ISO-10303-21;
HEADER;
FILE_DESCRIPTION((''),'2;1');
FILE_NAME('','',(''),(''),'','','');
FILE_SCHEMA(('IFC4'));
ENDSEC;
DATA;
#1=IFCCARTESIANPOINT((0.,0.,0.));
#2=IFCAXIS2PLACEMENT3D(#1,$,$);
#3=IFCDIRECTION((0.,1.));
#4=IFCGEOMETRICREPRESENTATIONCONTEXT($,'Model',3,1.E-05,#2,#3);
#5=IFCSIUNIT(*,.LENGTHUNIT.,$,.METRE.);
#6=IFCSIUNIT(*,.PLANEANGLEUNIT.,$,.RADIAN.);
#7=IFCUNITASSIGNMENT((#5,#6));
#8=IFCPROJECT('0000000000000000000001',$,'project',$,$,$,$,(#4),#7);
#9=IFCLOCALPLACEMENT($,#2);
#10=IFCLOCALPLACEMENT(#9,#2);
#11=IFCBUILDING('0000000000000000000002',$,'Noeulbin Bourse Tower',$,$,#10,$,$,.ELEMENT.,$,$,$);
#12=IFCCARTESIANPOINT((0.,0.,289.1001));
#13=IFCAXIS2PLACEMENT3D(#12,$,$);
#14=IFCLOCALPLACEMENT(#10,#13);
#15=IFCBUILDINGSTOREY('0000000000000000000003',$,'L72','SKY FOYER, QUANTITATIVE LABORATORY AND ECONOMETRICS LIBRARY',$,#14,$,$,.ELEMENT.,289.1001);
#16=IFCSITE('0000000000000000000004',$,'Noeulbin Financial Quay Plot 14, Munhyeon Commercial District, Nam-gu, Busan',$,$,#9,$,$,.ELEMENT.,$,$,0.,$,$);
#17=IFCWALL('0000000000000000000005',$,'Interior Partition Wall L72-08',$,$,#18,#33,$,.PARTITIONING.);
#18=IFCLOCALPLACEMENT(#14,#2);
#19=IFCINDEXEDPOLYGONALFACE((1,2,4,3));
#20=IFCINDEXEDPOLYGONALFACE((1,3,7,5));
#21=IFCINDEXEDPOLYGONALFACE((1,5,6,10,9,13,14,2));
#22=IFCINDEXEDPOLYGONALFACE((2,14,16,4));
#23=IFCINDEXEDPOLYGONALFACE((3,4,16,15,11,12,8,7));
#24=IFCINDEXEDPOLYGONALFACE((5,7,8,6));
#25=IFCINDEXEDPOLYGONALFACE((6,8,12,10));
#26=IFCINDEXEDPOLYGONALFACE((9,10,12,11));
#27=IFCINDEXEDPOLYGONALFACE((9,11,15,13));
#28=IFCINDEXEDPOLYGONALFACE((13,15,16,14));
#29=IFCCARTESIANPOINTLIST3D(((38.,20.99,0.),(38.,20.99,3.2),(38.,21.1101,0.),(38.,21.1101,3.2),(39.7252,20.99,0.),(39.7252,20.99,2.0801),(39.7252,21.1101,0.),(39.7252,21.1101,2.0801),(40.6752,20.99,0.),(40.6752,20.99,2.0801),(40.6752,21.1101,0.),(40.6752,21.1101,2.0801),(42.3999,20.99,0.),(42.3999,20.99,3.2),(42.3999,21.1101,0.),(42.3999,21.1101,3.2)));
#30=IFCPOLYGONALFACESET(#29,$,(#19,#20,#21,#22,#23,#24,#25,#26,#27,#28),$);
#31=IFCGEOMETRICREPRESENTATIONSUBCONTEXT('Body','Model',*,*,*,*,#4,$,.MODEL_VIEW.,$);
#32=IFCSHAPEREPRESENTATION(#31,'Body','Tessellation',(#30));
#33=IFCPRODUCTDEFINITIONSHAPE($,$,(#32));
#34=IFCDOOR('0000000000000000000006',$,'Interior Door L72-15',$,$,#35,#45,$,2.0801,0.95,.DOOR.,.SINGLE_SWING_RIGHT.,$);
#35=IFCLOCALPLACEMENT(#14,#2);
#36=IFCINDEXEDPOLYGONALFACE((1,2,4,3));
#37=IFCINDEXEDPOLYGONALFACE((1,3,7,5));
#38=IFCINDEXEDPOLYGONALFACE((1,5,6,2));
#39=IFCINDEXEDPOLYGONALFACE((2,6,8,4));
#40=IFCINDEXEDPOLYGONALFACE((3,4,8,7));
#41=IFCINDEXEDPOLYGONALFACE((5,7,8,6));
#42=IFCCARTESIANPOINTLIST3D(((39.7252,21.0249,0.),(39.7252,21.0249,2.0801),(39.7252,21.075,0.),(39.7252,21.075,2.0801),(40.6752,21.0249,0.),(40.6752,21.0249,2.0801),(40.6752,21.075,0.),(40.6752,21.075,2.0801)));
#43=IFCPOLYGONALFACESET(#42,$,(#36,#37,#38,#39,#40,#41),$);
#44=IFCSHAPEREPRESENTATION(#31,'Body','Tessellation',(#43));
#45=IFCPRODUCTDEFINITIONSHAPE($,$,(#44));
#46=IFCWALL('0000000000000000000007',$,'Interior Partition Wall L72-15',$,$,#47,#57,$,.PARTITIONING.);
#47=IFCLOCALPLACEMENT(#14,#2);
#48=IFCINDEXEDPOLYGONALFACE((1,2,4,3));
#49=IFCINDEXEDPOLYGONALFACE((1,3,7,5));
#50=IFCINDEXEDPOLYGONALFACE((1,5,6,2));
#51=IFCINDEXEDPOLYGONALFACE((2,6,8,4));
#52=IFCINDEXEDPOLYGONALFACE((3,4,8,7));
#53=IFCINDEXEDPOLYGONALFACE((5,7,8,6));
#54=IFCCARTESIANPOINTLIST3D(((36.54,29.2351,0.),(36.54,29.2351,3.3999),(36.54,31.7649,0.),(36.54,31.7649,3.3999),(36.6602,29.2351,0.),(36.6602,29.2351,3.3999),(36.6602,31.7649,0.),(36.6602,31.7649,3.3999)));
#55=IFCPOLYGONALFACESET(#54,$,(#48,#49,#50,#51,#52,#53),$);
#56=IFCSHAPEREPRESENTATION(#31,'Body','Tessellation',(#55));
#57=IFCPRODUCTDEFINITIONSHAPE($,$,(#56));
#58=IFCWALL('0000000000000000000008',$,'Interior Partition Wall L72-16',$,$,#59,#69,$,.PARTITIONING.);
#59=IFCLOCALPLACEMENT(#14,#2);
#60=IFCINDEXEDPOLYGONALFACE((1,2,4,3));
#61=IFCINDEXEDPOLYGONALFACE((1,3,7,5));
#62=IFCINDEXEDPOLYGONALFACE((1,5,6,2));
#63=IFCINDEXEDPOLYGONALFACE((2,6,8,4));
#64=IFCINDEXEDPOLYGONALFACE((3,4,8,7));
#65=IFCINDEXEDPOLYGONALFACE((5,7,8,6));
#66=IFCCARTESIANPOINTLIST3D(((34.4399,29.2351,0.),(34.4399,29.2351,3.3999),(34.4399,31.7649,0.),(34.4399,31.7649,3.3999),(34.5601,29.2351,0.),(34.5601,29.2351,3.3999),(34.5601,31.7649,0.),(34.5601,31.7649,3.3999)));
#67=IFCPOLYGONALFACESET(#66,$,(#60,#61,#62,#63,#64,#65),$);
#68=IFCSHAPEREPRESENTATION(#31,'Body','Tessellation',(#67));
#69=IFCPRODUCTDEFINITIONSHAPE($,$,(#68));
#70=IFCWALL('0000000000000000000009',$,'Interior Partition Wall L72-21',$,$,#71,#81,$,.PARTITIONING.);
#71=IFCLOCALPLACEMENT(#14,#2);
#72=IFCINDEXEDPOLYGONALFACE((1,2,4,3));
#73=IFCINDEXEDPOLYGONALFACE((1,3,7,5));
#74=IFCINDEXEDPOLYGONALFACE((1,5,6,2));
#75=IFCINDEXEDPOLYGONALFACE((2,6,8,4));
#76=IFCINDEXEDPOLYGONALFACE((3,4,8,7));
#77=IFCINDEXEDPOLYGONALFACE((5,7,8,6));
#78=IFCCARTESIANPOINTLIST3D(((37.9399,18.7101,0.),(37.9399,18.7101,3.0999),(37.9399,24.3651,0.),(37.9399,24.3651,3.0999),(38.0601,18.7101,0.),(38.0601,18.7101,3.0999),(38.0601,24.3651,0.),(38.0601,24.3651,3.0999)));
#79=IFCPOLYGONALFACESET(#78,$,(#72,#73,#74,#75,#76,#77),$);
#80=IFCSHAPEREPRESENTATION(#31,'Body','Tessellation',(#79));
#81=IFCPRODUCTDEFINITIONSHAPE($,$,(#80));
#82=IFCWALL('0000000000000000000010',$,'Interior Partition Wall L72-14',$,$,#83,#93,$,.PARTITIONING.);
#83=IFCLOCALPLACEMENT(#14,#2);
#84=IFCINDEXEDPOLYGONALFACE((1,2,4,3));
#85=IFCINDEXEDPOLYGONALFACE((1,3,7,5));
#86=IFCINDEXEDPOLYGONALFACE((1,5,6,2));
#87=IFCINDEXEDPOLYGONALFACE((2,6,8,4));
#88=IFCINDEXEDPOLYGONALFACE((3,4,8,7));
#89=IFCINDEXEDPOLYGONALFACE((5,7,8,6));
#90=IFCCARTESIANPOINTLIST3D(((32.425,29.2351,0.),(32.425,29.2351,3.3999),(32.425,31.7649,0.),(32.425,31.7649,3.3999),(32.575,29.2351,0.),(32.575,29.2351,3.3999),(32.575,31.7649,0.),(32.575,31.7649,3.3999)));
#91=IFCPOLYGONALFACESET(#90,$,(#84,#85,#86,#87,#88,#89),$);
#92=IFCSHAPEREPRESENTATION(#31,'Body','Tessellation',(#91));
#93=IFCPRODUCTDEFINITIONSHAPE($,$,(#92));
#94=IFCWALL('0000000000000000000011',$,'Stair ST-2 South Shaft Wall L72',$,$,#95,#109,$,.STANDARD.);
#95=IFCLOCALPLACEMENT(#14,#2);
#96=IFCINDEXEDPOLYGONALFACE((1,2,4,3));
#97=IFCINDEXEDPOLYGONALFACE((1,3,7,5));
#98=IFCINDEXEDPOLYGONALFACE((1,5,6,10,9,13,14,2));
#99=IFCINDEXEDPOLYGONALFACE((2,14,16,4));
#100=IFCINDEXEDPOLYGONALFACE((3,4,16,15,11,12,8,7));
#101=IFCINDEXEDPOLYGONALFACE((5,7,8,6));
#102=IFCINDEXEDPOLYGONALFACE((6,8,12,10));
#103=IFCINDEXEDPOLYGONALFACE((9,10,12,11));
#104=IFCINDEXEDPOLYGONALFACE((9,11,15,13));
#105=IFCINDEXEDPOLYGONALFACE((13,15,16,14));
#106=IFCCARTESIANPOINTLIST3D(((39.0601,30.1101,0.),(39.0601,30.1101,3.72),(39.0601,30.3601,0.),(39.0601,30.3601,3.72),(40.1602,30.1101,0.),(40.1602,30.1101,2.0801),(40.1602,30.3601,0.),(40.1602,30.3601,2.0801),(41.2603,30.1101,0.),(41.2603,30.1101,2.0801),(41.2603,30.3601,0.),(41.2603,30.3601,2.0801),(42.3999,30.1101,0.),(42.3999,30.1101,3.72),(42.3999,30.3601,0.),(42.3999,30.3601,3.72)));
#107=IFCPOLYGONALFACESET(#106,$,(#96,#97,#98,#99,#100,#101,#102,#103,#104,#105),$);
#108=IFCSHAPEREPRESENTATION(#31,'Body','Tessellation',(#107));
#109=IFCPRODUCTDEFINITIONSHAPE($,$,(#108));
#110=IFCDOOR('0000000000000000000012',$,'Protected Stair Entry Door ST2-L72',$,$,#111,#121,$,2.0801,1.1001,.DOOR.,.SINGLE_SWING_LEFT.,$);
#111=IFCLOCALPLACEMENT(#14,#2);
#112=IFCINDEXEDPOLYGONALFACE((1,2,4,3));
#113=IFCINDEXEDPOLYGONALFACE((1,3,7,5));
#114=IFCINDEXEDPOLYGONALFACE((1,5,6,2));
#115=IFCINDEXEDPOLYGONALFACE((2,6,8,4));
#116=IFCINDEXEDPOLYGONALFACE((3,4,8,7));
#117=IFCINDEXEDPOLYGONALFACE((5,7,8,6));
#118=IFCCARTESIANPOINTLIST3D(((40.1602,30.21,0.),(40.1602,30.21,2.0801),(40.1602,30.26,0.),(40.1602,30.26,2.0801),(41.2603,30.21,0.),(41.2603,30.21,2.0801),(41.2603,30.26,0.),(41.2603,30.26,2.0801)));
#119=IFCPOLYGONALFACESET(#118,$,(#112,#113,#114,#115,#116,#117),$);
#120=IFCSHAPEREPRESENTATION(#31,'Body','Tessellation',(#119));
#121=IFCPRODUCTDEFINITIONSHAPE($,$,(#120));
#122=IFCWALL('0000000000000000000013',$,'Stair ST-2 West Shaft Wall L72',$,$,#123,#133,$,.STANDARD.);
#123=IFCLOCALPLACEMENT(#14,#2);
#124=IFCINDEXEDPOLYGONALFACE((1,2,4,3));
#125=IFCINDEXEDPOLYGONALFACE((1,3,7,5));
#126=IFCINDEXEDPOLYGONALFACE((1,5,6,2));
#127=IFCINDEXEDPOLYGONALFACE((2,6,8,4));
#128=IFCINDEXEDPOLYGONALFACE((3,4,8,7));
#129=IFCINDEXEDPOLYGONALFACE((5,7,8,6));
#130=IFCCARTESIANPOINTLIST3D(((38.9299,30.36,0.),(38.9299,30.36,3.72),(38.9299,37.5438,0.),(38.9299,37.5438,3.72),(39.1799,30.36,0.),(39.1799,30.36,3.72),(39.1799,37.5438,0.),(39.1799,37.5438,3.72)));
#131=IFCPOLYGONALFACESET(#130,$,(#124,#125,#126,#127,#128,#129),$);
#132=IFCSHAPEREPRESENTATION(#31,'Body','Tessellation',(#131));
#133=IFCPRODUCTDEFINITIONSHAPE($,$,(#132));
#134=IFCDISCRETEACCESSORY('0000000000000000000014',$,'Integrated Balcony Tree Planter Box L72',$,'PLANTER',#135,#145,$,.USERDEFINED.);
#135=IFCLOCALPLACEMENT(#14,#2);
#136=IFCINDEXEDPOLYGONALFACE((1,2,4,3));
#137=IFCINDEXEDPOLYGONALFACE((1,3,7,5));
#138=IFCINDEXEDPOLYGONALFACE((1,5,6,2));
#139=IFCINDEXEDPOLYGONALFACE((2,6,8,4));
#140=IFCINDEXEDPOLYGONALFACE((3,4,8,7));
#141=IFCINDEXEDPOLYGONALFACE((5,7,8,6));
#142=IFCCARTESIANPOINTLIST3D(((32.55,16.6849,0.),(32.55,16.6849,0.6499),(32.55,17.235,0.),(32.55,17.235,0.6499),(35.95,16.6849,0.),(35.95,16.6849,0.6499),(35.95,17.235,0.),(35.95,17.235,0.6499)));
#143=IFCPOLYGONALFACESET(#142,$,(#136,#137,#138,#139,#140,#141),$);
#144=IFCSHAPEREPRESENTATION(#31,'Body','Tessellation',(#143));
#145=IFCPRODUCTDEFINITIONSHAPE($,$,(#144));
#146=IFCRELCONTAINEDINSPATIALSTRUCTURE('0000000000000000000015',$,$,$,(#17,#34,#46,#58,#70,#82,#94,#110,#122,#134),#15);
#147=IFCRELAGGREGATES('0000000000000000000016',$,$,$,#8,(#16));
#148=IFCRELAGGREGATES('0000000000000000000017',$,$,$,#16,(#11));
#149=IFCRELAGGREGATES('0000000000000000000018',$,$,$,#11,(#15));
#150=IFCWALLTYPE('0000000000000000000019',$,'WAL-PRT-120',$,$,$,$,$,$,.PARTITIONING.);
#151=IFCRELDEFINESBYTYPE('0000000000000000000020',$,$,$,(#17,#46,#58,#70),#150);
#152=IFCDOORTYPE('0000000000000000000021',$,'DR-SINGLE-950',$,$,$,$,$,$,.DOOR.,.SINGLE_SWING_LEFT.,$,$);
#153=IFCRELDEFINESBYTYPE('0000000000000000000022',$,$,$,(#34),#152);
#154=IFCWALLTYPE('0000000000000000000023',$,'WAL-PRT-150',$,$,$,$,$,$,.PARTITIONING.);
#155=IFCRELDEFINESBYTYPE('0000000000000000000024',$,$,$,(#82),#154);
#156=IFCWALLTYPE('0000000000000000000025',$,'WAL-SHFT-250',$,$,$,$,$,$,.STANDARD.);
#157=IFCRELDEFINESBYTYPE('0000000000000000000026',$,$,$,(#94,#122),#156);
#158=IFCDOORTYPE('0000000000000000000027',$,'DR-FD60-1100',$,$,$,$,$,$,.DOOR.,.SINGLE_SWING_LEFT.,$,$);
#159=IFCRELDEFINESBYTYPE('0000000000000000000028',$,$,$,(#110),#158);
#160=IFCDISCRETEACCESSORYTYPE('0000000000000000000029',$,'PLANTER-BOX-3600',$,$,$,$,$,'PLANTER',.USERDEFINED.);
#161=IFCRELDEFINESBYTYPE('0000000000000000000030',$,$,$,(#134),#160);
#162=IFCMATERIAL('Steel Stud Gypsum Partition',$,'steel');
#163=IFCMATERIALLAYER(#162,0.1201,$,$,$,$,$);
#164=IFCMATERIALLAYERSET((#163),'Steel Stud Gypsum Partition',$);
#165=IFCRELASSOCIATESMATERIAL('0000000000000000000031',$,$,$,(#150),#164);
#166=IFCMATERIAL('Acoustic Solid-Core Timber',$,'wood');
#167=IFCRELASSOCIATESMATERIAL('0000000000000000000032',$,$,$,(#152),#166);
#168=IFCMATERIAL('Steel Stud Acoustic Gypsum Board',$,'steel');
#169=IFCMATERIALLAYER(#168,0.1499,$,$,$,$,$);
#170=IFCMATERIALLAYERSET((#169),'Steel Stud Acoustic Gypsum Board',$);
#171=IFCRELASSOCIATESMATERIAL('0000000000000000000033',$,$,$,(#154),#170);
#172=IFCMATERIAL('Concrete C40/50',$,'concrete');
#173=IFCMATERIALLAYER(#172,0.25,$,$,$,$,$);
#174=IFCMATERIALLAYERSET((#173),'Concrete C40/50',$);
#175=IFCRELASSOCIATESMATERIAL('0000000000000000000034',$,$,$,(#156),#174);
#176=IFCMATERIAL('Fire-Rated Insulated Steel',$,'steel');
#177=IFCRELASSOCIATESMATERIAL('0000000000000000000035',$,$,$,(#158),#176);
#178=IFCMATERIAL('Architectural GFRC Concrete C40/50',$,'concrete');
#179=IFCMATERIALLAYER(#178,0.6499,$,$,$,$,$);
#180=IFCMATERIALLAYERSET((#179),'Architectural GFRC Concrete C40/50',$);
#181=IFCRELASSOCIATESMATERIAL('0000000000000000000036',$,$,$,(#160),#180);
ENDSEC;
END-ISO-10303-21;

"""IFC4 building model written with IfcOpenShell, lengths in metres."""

from ifc_helpers import new_model, si_unit, direction, frame, frame_2d, origin, origin_2d, place, context, subcontext, project, spatial, rectangle, extrude, material, layer, layer_set, type_object, element, fill, save


model = new_model("IFC4")

# Units and contexts
model_context = context("Model", 3, precision=1e-05, world=origin(), true_north=direction((0.0, 1.0)))
body_context = subcontext(model_context, "Body", "Model", "MODEL_VIEW")
ifc_project = project(units=[si_unit("LENGTHUNIT", "METRE"), si_unit("PLANEANGLEUNIT", "RADIAN")], contexts=[model_context])

# Site, building, storey
site_placement = place(None, origin())
site = spatial("IfcSite", under=ifc_project, at=site_placement, Name="Noeulbin Financial Quay Plot 14, Munhyeon Commercial District, Nam-gu, Busan", CompositionType="ELEMENT", RefElevation=0.0)
building_placement = place(site_placement, origin())
building = spatial("IfcBuilding", under=site, at=building_placement, Name="Noeulbin Bourse Tower", CompositionType="ELEMENT")
storey_placement = place(building_placement, frame((0.0, 0.0, 289.1001)))
storey = spatial("IfcBuildingStorey", under=building, at=storey_placement, Name="L72", Description="SKY FOYER, QUANTITATIVE LABORATORY AND ECONOMETRICS LIBRARY", CompositionType="ELEMENT", Elevation=289.1001)

# Shared definitions
ifc_material_1 = material(Name="Concrete C40/50", Category="concrete")

# Wall, opening, door
ifc_material_2 = material(Name="Steel Stud Gypsum Partition", Category="steel")
ifc_layer_1 = layer(ifc_material_2, 0.1201)
ifc_layer_set_1 = layer_set([ifc_layer_1], Name="Steel Stud Gypsum Partition")
wall_type_1 = type_object("IfcWallType", Name="WAL-PRT-120", PredefinedType="PARTITIONING", material=ifc_layer_set_1)
wall_1_placement = place(storey_placement, frame((38.0, 21.05, 0.0), z_axis=(0.0, 0.0, 1.0), x_axis=(1.0, 0.0, 0.0)))
wall_1 = element("IfcWall", 1, at=wall_1_placement, inside=storey, type_object=wall_type_1, Name="Interior Partition Wall L72-08", PredefinedType="PARTITIONING", context=body_context, shape_type="SweptSolid", body=[
    extrude(rectangle(XDim=4.3999, YDim=0.1201, at=frame_2d((2.2, 0.0))), origin(), (0.0, 0.0, 1.0), 3.2),
])
opening_1_placement = place(wall_1_placement, frame((1.7251, 0.0, 0.0)))
opening_1 = element("IfcOpeningElement", 2, at=opening_1_placement, cuts=wall_1, PredefinedType="OPENING", context=body_context, shape_type="SweptSolid", body=[
    extrude(rectangle(XDim=0.95, YDim=2.0801, at=frame_2d((0.4751, 1.04))), frame((0.0, 0.0701, 0.0), z_axis=(0.0, -1.0, 0.0), x_axis=(1.0, 0.0, 0.0)), (0.0, 0.0, 1.0), 0.1401),
])
ifc_material_3 = material(Name="Acoustic Solid-Core Timber", Category="wood")
door_type_1 = type_object("IfcDoorType", Name="DR-SINGLE-950", OperationType="SINGLE_SWING_LEFT", PredefinedType="DOOR", material=ifc_material_3)
door_1_placement = place(opening_1_placement, origin())
door_1 = element("IfcDoor", 3, at=door_1_placement, inside=storey, type_object=door_type_1, Name="Interior Door L72-15", OperationType="SINGLE_SWING_RIGHT", OverallHeight=2.0801, OverallWidth=0.95, PredefinedType="DOOR", context=body_context, shape_type="SweptSolid", body=[
    extrude(rectangle(XDim=0.95, YDim=2.0801, at=frame_2d((0.4751, 1.04))), frame((0.0, 0.0249, 0.0), z_axis=(0.0, -1.0, 0.0), x_axis=(1.0, 0.0, 0.0)), (0.0, 0.0, 1.0), 0.05),
])
fill(opening_1, door_1)

# Walls
for number, where, z_axis, x_axis, name in (
    (4, (36.6001, 29.2351, 0.0), (0.0, 0.0, 1.0), (0.0, 1.0, 0.0), "Interior Partition Wall L72-15"),
    (5, (34.5, 29.2351, 0.0), (0.0, 0.0, 1.0), (0.0, 1.0, 0.0), "Interior Partition Wall L72-16"),
):
    element("IfcWall", number, at=place(storey_placement, frame(where, z_axis=z_axis, x_axis=x_axis)), inside=storey, type_object=wall_type_1, Name=name, PredefinedType="PARTITIONING", context=body_context, shape_type="SweptSolid", body=[
        extrude(rectangle(XDim=2.5298, YDim=0.1201, at=frame_2d((1.2649, 0.0))), origin(), (0.0, 0.0, 1.0), 3.3999),
    ])
wall_2_placement = place(storey_placement, frame((38.0, 18.71, 0.0), z_axis=(0.0, 0.0, 1.0), x_axis=(0.0, 1.0, 0.0)))
element("IfcWall", 6, at=wall_2_placement, inside=storey, type_object=wall_type_1, Name="Interior Partition Wall L72-21", PredefinedType="PARTITIONING", context=body_context, shape_type="SweptSolid", body=[
    extrude(rectangle(XDim=5.655, YDim=0.1201, at=frame_2d((2.8276, 0.0))), origin(), (0.0, 0.0, 1.0), 3.0999),
])
ifc_material_4 = material(Name="Steel Stud Acoustic Gypsum Board", Category="steel")
ifc_layer_2 = layer(ifc_material_4, 0.1499)
ifc_layer_set_2 = layer_set([ifc_layer_2], Name="Steel Stud Acoustic Gypsum Board")
wall_type_2 = type_object("IfcWallType", Name="WAL-PRT-150", PredefinedType="PARTITIONING", material=ifc_layer_set_2)
wall_3_placement = place(storey_placement, frame((32.5, 29.2351, 0.0), z_axis=(0.0, 0.0, 1.0), x_axis=(0.0, 1.0, 0.0)))
element("IfcWall", 7, at=wall_3_placement, inside=storey, type_object=wall_type_2, Name="Interior Partition Wall L72-14", PredefinedType="PARTITIONING", context=body_context, shape_type="SweptSolid", body=[
    extrude(rectangle(XDim=2.5298, YDim=0.1499, at=frame_2d((1.2649, 0.0))), origin(), (0.0, 0.0, 1.0), 3.3999),
])

# Wall, opening, door
ifc_layer_3 = layer(ifc_material_1, 0.25)
ifc_layer_set_3 = layer_set([ifc_layer_3], Name="Concrete C40/50")
wall_type_3 = type_object("IfcWallType", Name="WAL-SHFT-250", PredefinedType="STANDARD", material=ifc_layer_set_3)
wall_4_placement = place(storey_placement, frame((39.0601, 30.2351, 0.0), z_axis=(0.0, 0.0, 1.0), x_axis=(1.0, 0.0, 0.0)))
wall_4 = element("IfcWall", 8, at=wall_4_placement, inside=storey, type_object=wall_type_3, Name="Stair ST-2 South Shaft Wall L72", PredefinedType="STANDARD", context=body_context, shape_type="SweptSolid", body=[
    extrude(rectangle(XDim=3.3398, YDim=0.25, at=frame_2d((1.6699, 0.0))), origin(), (0.0, 0.0, 1.0), 3.72),
])
opening_2_placement = place(wall_4_placement, frame((1.1001, 0.0, 0.0)))
opening_2 = element("IfcOpeningElement", 9, at=opening_2_placement, cuts=wall_4, PredefinedType="OPENING", context=body_context, shape_type="SweptSolid", body=[
    extrude(rectangle(XDim=1.1001, YDim=2.0801, at=frame_2d((0.55, 1.04))), frame((0.0, 0.135, 0.0), z_axis=(0.0, -1.0, 0.0), x_axis=(1.0, 0.0, 0.0)), (0.0, 0.0, 1.0), 0.27),
])
ifc_material_5 = material(Name="Fire-Rated Insulated Steel", Category="steel")
door_type_2 = type_object("IfcDoorType", Name="DR-FD60-1100", OperationType="SINGLE_SWING_LEFT", PredefinedType="DOOR", material=ifc_material_5)
door_2_placement = place(opening_2_placement, origin())
door_2 = element("IfcDoor", 10, at=door_2_placement, inside=storey, type_object=door_type_2, Name="Protected Stair Entry Door ST2-L72", OperationType="SINGLE_SWING_LEFT", OverallHeight=2.0801, OverallWidth=1.1001, PredefinedType="DOOR", context=body_context, shape_type="SweptSolid", body=[
    extrude(rectangle(XDim=1.1001, YDim=2.0801, at=frame_2d((0.55, 1.04))), frame((0.0, 0.0249, 0.0), z_axis=(0.0, -1.0, 0.0), x_axis=(1.0, 0.0, 0.0)), (0.0, 0.0, 1.0), 0.05),
])
fill(opening_2, door_2)

# Wall
wall_5_placement = place(storey_placement, frame((39.0549, 30.3601, 0.0), z_axis=(0.0, 0.0, 1.0), x_axis=(0.0, 1.0, 0.0)))
element("IfcWall", 11, at=wall_5_placement, inside=storey, type_object=wall_type_3, Name="Stair ST-2 West Shaft Wall L72", PredefinedType="STANDARD", context=body_context, shape_type="SweptSolid", body=[
    extrude(rectangle(XDim=7.1838, YDim=0.25, at=frame_2d((3.5918, 0.0))), origin(), (0.0, 0.0, 1.0), 3.72),
])

# Discrete accessory
ifc_material_6 = material(Name="Architectural GFRC Concrete C40/50", Category="concrete")
ifc_layer_4 = layer(ifc_material_6, 0.6499)
ifc_layer_set_4 = layer_set([ifc_layer_4], Name="Architectural GFRC Concrete C40/50")
discrete_accessory_type = type_object("IfcDiscreteAccessoryType", Name="PLANTER-BOX-3600", ElementType="PLANTER", PredefinedType="USERDEFINED", material=ifc_layer_set_4)
discrete_accessory_placement = place(storey_placement, frame((34.25, 16.96, 0.0), z_axis=(0.0, 0.0, 1.0), x_axis=(1.0, 0.0, 0.0)))
element("IfcDiscreteAccessory", 12, at=discrete_accessory_placement, inside=storey, type_object=discrete_accessory_type, Name="Integrated Balcony Tree Planter Box L72", ObjectType="PLANTER", PredefinedType="USERDEFINED", context=body_context, shape_type="SweptSolid", body=[
    extrude(rectangle(XDim=3.3999, YDim=0.55, at=origin_2d()), origin(), (0.0, 0.0, 1.0), 0.6499),
])

save(model, "model.ifc")
